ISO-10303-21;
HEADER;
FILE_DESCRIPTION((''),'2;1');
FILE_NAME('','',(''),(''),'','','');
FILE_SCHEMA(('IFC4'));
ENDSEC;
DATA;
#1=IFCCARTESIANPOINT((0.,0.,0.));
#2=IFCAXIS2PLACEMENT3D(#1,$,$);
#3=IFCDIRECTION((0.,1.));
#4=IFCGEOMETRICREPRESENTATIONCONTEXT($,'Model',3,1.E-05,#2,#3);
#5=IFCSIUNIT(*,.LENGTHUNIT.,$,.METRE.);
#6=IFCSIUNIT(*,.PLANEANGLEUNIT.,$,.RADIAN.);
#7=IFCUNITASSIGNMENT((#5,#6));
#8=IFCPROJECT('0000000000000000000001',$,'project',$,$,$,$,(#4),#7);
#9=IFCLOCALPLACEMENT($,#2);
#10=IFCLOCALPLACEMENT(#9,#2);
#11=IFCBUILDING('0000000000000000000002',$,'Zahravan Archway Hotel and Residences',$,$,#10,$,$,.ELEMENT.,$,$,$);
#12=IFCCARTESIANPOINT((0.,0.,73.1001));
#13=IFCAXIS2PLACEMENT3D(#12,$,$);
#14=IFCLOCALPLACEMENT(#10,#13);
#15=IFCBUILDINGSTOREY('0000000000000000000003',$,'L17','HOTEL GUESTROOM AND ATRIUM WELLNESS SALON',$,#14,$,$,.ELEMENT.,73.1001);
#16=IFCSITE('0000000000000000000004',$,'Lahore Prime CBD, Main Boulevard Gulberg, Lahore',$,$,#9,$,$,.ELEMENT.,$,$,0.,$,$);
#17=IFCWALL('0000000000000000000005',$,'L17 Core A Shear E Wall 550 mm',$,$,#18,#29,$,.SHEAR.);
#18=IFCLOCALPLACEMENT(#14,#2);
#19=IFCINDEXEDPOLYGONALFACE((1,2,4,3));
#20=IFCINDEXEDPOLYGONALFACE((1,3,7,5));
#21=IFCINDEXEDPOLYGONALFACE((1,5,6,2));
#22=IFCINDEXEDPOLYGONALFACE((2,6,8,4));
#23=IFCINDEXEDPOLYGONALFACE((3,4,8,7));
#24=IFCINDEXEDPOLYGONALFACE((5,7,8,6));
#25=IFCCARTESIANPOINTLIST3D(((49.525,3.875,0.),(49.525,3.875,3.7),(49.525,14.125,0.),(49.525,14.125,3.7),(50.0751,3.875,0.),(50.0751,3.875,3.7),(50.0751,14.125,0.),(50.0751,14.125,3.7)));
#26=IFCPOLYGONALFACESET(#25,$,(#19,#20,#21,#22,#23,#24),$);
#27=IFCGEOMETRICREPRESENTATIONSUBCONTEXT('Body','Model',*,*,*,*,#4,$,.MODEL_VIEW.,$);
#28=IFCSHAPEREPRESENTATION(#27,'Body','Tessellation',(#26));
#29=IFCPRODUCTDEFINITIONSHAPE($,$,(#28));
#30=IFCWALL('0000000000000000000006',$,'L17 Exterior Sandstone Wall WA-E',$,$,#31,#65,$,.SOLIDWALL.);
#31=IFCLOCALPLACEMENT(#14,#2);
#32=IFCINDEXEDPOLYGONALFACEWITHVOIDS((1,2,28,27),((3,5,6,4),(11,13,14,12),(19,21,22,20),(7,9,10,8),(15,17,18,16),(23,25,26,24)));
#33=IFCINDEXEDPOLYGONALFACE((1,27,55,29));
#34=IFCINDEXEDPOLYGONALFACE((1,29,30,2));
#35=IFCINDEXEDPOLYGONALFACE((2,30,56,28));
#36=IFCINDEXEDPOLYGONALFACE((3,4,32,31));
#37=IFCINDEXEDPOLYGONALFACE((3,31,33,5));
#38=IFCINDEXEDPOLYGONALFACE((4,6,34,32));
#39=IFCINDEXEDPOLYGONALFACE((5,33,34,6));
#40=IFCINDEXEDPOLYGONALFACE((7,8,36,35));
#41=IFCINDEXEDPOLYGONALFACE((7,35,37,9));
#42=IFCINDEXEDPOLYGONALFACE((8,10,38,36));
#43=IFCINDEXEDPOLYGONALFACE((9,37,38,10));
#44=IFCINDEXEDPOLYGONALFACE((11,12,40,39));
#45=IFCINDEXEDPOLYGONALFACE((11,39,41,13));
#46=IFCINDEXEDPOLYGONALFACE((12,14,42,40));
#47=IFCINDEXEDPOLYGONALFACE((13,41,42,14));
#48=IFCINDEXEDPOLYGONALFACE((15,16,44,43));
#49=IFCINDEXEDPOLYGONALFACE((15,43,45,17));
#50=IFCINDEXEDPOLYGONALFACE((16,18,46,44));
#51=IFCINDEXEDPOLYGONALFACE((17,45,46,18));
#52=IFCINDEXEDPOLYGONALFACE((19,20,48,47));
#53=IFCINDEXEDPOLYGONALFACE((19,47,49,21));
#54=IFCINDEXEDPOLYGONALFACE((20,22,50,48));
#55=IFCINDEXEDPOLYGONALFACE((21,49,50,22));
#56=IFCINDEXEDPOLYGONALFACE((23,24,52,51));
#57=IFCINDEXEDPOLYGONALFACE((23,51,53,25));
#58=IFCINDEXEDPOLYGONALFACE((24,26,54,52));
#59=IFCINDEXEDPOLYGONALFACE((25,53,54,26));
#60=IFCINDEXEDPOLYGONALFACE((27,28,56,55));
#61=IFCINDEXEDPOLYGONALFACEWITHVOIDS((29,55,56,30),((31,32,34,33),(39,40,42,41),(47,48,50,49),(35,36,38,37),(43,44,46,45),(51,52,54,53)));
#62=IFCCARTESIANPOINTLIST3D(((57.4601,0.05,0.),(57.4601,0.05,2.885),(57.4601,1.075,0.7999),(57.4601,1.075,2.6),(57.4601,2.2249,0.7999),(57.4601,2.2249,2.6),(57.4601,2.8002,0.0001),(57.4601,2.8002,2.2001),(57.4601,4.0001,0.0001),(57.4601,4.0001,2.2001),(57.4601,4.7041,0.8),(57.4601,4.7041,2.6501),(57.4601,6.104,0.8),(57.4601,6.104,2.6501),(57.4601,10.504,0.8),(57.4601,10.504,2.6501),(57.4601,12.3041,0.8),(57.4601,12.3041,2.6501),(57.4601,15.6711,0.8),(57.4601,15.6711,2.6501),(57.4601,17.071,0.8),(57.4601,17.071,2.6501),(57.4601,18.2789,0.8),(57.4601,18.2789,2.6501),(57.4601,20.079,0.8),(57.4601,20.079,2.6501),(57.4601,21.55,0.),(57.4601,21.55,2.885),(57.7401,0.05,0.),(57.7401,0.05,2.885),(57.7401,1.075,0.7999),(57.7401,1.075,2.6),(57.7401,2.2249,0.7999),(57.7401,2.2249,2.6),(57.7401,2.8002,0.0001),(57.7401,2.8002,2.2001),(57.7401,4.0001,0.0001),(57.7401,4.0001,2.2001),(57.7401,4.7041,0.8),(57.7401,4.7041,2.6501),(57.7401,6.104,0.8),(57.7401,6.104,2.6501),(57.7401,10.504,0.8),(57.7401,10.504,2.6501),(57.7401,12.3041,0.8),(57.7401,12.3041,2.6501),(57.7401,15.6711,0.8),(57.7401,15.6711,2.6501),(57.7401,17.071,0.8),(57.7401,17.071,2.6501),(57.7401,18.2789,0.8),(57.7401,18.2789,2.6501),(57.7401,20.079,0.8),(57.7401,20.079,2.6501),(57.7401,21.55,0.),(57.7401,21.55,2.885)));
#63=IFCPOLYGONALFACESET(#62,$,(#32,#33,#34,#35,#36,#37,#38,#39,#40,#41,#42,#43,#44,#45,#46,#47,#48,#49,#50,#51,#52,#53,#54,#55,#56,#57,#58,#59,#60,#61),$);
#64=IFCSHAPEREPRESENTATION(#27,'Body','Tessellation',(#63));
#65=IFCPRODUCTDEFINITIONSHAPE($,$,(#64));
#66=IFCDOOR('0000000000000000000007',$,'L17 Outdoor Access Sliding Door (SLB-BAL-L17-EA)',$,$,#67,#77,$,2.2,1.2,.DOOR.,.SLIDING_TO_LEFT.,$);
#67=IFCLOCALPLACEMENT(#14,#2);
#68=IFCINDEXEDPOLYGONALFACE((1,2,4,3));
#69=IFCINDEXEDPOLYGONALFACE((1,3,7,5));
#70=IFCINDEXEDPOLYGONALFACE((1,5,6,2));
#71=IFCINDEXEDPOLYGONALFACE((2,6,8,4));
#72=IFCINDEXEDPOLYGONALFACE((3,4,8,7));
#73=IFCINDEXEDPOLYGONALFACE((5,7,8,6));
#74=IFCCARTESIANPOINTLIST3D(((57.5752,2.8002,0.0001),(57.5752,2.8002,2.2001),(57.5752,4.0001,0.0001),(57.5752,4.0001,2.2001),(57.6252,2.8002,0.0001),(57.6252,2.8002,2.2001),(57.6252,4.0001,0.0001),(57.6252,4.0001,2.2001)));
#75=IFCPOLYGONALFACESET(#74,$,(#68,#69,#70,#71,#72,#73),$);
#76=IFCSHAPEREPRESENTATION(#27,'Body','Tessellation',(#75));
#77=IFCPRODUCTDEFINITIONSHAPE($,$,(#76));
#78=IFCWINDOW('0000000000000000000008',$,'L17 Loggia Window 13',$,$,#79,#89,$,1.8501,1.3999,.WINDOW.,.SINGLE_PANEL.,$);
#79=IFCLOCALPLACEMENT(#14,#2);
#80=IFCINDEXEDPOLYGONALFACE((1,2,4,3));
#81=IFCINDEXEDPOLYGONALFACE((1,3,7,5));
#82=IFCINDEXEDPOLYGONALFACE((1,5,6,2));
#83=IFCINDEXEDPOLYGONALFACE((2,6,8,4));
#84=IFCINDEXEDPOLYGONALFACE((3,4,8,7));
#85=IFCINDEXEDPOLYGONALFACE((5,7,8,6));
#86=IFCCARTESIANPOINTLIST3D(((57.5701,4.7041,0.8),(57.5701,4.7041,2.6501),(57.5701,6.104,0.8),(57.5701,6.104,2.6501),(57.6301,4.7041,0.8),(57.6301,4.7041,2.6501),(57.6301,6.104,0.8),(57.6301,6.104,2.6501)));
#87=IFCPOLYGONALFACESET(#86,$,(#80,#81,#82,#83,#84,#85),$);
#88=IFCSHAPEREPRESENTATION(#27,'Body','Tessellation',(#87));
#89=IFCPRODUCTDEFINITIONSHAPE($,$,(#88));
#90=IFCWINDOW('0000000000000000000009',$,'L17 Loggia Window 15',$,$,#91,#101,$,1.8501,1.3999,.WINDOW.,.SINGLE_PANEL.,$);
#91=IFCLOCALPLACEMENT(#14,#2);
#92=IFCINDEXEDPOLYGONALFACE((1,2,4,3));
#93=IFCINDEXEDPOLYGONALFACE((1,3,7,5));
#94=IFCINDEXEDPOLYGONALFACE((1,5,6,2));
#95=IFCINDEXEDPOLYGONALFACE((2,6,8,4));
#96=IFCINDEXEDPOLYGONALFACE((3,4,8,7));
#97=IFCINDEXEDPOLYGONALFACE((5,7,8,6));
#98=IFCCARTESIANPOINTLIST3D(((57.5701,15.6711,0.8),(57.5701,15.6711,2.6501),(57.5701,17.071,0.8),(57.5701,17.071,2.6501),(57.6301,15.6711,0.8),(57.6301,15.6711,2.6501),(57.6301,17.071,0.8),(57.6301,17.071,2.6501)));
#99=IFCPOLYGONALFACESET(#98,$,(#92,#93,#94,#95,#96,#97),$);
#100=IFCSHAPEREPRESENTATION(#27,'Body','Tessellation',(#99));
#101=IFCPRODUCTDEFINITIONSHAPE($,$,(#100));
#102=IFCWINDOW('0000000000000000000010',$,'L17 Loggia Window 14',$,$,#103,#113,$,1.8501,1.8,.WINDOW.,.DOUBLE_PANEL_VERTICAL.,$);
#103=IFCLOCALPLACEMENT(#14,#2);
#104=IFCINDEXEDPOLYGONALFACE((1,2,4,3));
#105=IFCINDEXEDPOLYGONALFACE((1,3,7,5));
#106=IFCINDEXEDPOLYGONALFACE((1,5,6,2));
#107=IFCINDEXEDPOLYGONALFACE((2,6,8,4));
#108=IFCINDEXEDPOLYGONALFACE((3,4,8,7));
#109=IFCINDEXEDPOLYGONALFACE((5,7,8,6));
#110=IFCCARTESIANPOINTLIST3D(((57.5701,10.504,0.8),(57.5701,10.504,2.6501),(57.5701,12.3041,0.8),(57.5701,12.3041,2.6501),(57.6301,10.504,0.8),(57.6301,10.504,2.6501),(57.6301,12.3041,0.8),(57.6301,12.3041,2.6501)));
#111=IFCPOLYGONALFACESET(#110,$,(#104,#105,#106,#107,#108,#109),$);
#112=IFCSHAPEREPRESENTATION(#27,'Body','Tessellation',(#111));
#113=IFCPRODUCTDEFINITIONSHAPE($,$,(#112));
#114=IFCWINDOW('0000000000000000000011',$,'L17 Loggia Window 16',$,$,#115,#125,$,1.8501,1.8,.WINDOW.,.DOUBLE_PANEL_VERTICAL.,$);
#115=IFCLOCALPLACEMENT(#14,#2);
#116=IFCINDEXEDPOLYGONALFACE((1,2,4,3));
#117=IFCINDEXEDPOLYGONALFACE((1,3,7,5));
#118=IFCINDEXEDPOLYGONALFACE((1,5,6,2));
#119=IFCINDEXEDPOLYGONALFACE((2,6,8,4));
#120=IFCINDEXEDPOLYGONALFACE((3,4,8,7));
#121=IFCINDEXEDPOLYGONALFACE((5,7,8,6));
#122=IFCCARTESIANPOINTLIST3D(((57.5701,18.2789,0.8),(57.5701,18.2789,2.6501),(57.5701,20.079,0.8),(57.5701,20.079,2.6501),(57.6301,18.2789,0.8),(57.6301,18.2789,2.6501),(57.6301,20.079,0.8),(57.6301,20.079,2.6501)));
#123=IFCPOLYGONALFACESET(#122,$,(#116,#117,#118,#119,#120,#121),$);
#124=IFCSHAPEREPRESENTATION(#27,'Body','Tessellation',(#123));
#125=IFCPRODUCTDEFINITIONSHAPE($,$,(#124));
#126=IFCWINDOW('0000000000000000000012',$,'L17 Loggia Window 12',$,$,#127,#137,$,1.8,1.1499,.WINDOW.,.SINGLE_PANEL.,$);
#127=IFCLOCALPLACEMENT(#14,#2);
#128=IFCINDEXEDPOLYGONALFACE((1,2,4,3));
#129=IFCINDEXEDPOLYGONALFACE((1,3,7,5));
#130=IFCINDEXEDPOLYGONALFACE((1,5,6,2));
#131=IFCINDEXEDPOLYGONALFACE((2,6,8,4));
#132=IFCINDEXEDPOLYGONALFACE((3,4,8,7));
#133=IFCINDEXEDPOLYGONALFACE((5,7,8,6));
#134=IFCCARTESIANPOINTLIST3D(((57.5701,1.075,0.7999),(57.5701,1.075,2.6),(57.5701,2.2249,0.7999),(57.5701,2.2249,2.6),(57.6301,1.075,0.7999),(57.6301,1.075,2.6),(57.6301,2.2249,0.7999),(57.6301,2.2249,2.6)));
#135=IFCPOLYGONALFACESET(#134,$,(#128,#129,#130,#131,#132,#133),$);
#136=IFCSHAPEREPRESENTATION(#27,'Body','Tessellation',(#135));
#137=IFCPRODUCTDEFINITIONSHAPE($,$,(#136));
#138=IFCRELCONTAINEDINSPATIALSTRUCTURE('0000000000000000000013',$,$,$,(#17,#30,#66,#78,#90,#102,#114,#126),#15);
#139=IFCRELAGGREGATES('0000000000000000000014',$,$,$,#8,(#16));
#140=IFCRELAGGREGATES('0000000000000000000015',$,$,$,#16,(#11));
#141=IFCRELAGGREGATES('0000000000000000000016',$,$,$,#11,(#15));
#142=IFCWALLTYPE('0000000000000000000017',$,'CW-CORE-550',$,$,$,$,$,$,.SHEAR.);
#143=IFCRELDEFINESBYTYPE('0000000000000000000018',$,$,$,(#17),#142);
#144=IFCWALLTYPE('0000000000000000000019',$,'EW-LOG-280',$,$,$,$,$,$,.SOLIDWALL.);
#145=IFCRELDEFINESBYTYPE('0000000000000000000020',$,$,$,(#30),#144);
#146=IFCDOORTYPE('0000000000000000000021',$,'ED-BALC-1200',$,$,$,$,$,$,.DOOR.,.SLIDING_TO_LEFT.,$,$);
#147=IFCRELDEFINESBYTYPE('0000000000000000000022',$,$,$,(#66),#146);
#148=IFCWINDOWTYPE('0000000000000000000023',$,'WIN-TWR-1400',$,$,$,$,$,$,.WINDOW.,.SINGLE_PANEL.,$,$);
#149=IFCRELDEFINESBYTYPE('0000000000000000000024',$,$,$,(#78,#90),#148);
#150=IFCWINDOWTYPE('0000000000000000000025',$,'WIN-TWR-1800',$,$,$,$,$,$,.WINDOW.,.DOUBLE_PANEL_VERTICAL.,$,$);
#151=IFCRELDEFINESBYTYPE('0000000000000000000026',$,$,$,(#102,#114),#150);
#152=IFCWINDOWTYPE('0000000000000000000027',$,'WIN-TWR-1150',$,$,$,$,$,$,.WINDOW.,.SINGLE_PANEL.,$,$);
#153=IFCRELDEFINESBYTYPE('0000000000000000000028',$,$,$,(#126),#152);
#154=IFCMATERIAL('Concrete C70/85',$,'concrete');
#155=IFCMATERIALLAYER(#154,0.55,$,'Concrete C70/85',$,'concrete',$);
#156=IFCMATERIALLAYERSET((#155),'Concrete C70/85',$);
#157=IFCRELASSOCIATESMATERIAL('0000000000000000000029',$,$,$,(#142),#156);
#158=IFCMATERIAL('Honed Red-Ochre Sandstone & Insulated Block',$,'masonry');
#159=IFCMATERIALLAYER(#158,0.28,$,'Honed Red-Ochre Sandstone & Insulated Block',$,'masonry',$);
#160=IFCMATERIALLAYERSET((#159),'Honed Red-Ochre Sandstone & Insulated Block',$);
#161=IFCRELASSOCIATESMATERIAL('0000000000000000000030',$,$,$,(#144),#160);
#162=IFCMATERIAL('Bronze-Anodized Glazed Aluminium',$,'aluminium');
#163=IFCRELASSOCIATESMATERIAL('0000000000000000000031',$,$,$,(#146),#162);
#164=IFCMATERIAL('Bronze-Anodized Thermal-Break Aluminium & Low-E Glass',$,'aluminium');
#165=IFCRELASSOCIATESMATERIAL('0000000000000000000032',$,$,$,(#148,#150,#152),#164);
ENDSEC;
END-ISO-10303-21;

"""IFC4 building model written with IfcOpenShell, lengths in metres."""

from ifc_helpers import new_model, si_unit, direction, frame, frame_2d, origin, place, context, subcontext, project, spatial, rectangle, extrude, source, transform, mapped, material, layer, layer_set, type_object, type_shapes, element, fill, save


model = new_model("IFC4")

# Units and contexts
model_context = context("Model", 3, precision=1e-05, world=origin(), true_north=direction((0.0, 1.0)))
body_context = subcontext(model_context, "Body", "Model", "MODEL_VIEW")
ifc_project = project(units=[si_unit("LENGTHUNIT", "METRE"), si_unit("PLANEANGLEUNIT", "RADIAN")], contexts=[model_context])

# Site, building, storey
site_placement = place(None, origin())
site = spatial("IfcSite", under=ifc_project, at=site_placement, Name="Lahore Prime CBD, Main Boulevard Gulberg, Lahore", CompositionType="ELEMENT", RefElevation=0.0)
building_placement = place(site_placement, origin())
building = spatial("IfcBuilding", under=site, at=building_placement, Name="Zahravan Archway Hotel and Residences", CompositionType="ELEMENT")
storey_placement = place(building_placement, frame((0.0, 0.0, 73.1001)))
storey = spatial("IfcBuildingStorey", under=building, at=storey_placement, Name="L17", Description="HOTEL GUESTROOM AND ATRIUM WELLNESS SALON", CompositionType="ELEMENT", Elevation=73.1001)

# Shared definitions
ifc_material_1 = material(Name="Concrete C70/85", Category="concrete")

# Wall
ifc_layer_1 = layer(ifc_material_1, 0.55, Name="Concrete C70/85", Category="concrete")
ifc_layer_set_1 = layer_set([ifc_layer_1], Name="Concrete C70/85")
wall_type_1 = type_object("IfcWallType", Name="CW-CORE-550", PredefinedType="SHEAR", material=ifc_layer_set_1)
wall_1_placement = place(storey_placement, frame((49.8, 3.875, 0.0), z_axis=(0.0, 0.0, 1.0), x_axis=(0.0, 1.0, 0.0)))
element("IfcWall", 1, at=wall_1_placement, inside=storey, type_object=wall_type_1, Name="L17 Core A Shear E Wall 550 mm", PredefinedType="SHEAR", context=body_context, shape_type="SweptSolid", body=[
    extrude(rectangle(XDim=10.25, YDim=0.55, at=frame_2d((5.125, 0.0))), origin(), (0.0, 0.0, 1.0), 3.7),
])

# Wall, openings, door, windows
ifc_material_2 = material(Name="Honed Red-Ochre Sandstone & Insulated Block", Category="masonry")
ifc_layer_2 = layer(ifc_material_2, 0.28, Name="Honed Red-Ochre Sandstone & Insulated Block", Category="masonry")
ifc_layer_set_2 = layer_set([ifc_layer_2], Name="Honed Red-Ochre Sandstone & Insulated Block")
wall_type_2 = type_object("IfcWallType", Name="EW-LOG-280", PredefinedType="SOLIDWALL", material=ifc_layer_set_2)
wall_2_placement = place(storey_placement, frame((57.6001, 0.05, 0.0), z_axis=(0.0, 0.0, 1.0), x_axis=(0.0, 1.0, 0.0)))
wall_2 = element("IfcWall", 2, at=wall_2_placement, inside=storey, type_object=wall_type_2, Name="L17 Exterior Sandstone Wall WA-E", PredefinedType="SOLIDWALL", context=body_context, shape_type="SweptSolid", body=[
    extrude(rectangle(XDim=21.5, YDim=0.28, at=frame_2d((10.75, 0.0))), origin(), (0.0, 0.0, 1.0), 2.885),
])
opening_1_placement = place(wall_2_placement, frame((2.75, 0.0, 0.0)))
opening_1 = element("IfcOpeningElement", 3, at=opening_1_placement, cuts=wall_2, PredefinedType="OPENING", context=body_context, shape_type="SweptSolid", body=[
    extrude(rectangle(XDim=1.2, YDim=2.2, at=frame_2d((0.6001, 1.1001))), frame((0.0, 0.1499, 0.0), z_axis=(0.0, -1.0, 0.0), x_axis=(1.0, 0.0, 0.0)), (0.0, 0.0, 1.0), 0.3),
])
opening_2_placement = place(wall_2_placement, frame((1.0249, 0.0, 0.8)))
opening_2 = element("IfcOpeningElement", 4, at=opening_2_placement, cuts=wall_2, PredefinedType="OPENING", context=body_context, shape_type="SweptSolid", body=[
    extrude(rectangle(XDim=1.1499, YDim=1.8, at=frame_2d((0.575, 0.8999))), frame((0.0, 0.1499, 0.0), z_axis=(0.0, -1.0, 0.0), x_axis=(1.0, 0.0, 0.0)), (0.0, 0.0, 1.0), 0.3),
])
opening_3_placement = place(wall_2_placement, frame((4.6541, 0.0, 0.8)))
opening_3 = element("IfcOpeningElement", 5, at=opening_3_placement, cuts=wall_2, PredefinedType="OPENING", context=body_context, shape_type="SweptSolid", body=[
    extrude(rectangle(XDim=1.3999, YDim=1.8501, at=frame_2d((0.7, 0.925))), frame((0.0, 0.1499, 0.0), z_axis=(0.0, -1.0, 0.0), x_axis=(1.0, 0.0, 0.0)), (0.0, 0.0, 1.0), 0.3),
])
opening_4_placement = place(wall_2_placement, frame((10.4541, 0.0, 0.8)))
opening_4 = element("IfcOpeningElement", 6, at=opening_4_placement, cuts=wall_2, PredefinedType="OPENING", context=body_context, shape_type="SweptSolid", body=[
    extrude(rectangle(XDim=1.8, YDim=1.8501, at=frame_2d((0.8999, 0.925))), frame((0.0, 0.1499, 0.0), z_axis=(0.0, -1.0, 0.0), x_axis=(1.0, 0.0, 0.0)), (0.0, 0.0, 1.0), 0.3),
])
opening_5_placement = place(wall_2_placement, frame((15.6211, 0.0, 0.8)))
opening_5 = element("IfcOpeningElement", 7, at=opening_5_placement, cuts=wall_2, PredefinedType="OPENING", context=body_context, shape_type="SweptSolid", body=[
    extrude(rectangle(XDim=1.3999, YDim=1.8501, at=frame_2d((0.7, 0.925))), frame((0.0, 0.1499, 0.0), z_axis=(0.0, -1.0, 0.0), x_axis=(1.0, 0.0, 0.0)), (0.0, 0.0, 1.0), 0.3),
])
opening_6_placement = place(wall_2_placement, frame((18.229, 0.0, 0.8)))
opening_6 = element("IfcOpeningElement", 8, at=opening_6_placement, cuts=wall_2, PredefinedType="OPENING", context=body_context, shape_type="SweptSolid", body=[
    extrude(rectangle(XDim=1.8, YDim=1.8501, at=frame_2d((0.8999, 0.925))), frame((0.0, 0.1499, 0.0), z_axis=(0.0, -1.0, 0.0), x_axis=(1.0, 0.0, 0.0)), (0.0, 0.0, 1.0), 0.3),
])
ifc_material_3 = material(Name="Bronze-Anodized Glazed Aluminium", Category="aluminium")
door_type_1 = type_object("IfcDoorType", Name="ED-BALC-1200", OperationType="SLIDING_TO_LEFT", PredefinedType="DOOR", material=ifc_material_3)
shared_shape_1 = source(origin(), body_context, "Body", "SweptSolid", [
    extrude(rectangle(XDim=1.2, YDim=2.2, at=frame_2d((0.6001, 1.1001))), frame((0.0, 0.0249, 0.0), z_axis=(0.0, -1.0, 0.0), x_axis=(1.0, 0.0, 0.0)), (0.0, 0.0, 1.0), 0.05),
])
type_shapes(door_type_1, [shared_shape_1])
door_1_placement = place(opening_1_placement, origin())
door_1 = element("IfcDoor", 9, at=door_1_placement, inside=storey, type_object=door_type_1, Name="L17 Outdoor Access Sliding Door (SLB-BAL-L17-EA)", OperationType="SLIDING_TO_LEFT", OverallHeight=2.2, OverallWidth=1.2, PredefinedType="DOOR", context=body_context, shape_type="MappedRepresentation", body=[
    mapped(shared_shape_1, transform((0.0, 0.0, 0.0), scale=1.0)),
])
fill(opening_1, door_1)
ifc_material_4 = material(Name="Bronze-Anodized Thermal-Break Aluminium & Low-E Glass", Category="aluminium")
window_type_1 = type_object("IfcWindowType", Name="WIN-TWR-1400", PartitioningType="SINGLE_PANEL", PredefinedType="WINDOW", material=ifc_material_4)
shared_shape_2 = source(origin(), body_context, "Body", "SweptSolid", [
    extrude(rectangle(XDim=1.3999, YDim=1.8501, at=frame_2d((0.7, 0.925))), frame((0.0, 0.03, 0.0), z_axis=(0.0, -1.0, 0.0), x_axis=(1.0, 0.0, 0.0)), (0.0, 0.0, 1.0), 0.0601),
])
type_shapes(window_type_1, [shared_shape_2])
window_1_placement = place(opening_3_placement, origin())
window_1 = element("IfcWindow", 10, at=window_1_placement, inside=storey, type_object=window_type_1, Name="L17 Loggia Window 13", OverallHeight=1.8501, OverallWidth=1.3999, PartitioningType="SINGLE_PANEL", PredefinedType="WINDOW", context=body_context, shape_type="MappedRepresentation", body=[
    mapped(shared_shape_2, transform((0.0, 0.0, 0.0), scale=1.0)),
])
fill(opening_3, window_1)
window_2_placement = place(opening_5_placement, origin())
window_2 = element("IfcWindow", 11, at=window_2_placement, inside=storey, type_object=window_type_1, Name="L17 Loggia Window 15", OverallHeight=1.8501, OverallWidth=1.3999, PartitioningType="SINGLE_PANEL", PredefinedType="WINDOW", context=body_context, shape_type="MappedRepresentation", body=[
    mapped(shared_shape_2, transform((0.0, 0.0, 0.0), scale=1.0)),
])
fill(opening_5, window_2)
window_type_2 = type_object("IfcWindowType", Name="WIN-TWR-1800", PartitioningType="DOUBLE_PANEL_VERTICAL", PredefinedType="WINDOW", material=ifc_material_4)
shared_shape_3 = source(origin(), body_context, "Body", "SweptSolid", [
    extrude(rectangle(XDim=1.8, YDim=1.8501, at=frame_2d((0.8999, 0.925))), frame((0.0, 0.03, 0.0), z_axis=(0.0, -1.0, 0.0), x_axis=(1.0, 0.0, 0.0)), (0.0, 0.0, 1.0), 0.0601),
])
type_shapes(window_type_2, [shared_shape_3])
window_3_placement = place(opening_4_placement, origin())
window_3 = element("IfcWindow", 12, at=window_3_placement, inside=storey, type_object=window_type_2, Name="L17 Loggia Window 14", OverallHeight=1.8501, OverallWidth=1.8, PartitioningType="DOUBLE_PANEL_VERTICAL", PredefinedType="WINDOW", context=body_context, shape_type="MappedRepresentation", body=[
    mapped(shared_shape_3, transform((0.0, 0.0, 0.0), scale=1.0)),
])
fill(opening_4, window_3)
window_4_placement = place(opening_6_placement, origin())
window_4 = element("IfcWindow", 13, at=window_4_placement, inside=storey, type_object=window_type_2, Name="L17 Loggia Window 16", OverallHeight=1.8501, OverallWidth=1.8, PartitioningType="DOUBLE_PANEL_VERTICAL", PredefinedType="WINDOW", context=body_context, shape_type="MappedRepresentation", body=[
    mapped(shared_shape_3, transform((0.0, 0.0, 0.0), scale=1.0)),
])
fill(opening_6, window_4)
window_type_3 = type_object("IfcWindowType", Name="WIN-TWR-1150", PartitioningType="SINGLE_PANEL", PredefinedType="WINDOW", material=ifc_material_4)
shared_shape_4 = source(origin(), body_context, "Body", "SweptSolid", [
    extrude(rectangle(XDim=1.1499, YDim=1.8, at=frame_2d((0.575, 0.8999))), frame((0.0, 0.03, 0.0), z_axis=(0.0, -1.0, 0.0), x_axis=(1.0, 0.0, 0.0)), (0.0, 0.0, 1.0), 0.0601),
])
type_shapes(window_type_3, [shared_shape_4])
window_5_placement = place(opening_2_placement, origin())
window_5 = element("IfcWindow", 14, at=window_5_placement, inside=storey, type_object=window_type_3, Name="L17 Loggia Window 12", OverallHeight=1.8, OverallWidth=1.1499, PartitioningType="SINGLE_PANEL", PredefinedType="WINDOW", context=body_context, shape_type="MappedRepresentation", body=[
    mapped(shared_shape_4, transform((0.0, 0.0, 0.0), scale=1.0)),
])
fill(opening_2, window_5)

save(model, "model.ifc")
